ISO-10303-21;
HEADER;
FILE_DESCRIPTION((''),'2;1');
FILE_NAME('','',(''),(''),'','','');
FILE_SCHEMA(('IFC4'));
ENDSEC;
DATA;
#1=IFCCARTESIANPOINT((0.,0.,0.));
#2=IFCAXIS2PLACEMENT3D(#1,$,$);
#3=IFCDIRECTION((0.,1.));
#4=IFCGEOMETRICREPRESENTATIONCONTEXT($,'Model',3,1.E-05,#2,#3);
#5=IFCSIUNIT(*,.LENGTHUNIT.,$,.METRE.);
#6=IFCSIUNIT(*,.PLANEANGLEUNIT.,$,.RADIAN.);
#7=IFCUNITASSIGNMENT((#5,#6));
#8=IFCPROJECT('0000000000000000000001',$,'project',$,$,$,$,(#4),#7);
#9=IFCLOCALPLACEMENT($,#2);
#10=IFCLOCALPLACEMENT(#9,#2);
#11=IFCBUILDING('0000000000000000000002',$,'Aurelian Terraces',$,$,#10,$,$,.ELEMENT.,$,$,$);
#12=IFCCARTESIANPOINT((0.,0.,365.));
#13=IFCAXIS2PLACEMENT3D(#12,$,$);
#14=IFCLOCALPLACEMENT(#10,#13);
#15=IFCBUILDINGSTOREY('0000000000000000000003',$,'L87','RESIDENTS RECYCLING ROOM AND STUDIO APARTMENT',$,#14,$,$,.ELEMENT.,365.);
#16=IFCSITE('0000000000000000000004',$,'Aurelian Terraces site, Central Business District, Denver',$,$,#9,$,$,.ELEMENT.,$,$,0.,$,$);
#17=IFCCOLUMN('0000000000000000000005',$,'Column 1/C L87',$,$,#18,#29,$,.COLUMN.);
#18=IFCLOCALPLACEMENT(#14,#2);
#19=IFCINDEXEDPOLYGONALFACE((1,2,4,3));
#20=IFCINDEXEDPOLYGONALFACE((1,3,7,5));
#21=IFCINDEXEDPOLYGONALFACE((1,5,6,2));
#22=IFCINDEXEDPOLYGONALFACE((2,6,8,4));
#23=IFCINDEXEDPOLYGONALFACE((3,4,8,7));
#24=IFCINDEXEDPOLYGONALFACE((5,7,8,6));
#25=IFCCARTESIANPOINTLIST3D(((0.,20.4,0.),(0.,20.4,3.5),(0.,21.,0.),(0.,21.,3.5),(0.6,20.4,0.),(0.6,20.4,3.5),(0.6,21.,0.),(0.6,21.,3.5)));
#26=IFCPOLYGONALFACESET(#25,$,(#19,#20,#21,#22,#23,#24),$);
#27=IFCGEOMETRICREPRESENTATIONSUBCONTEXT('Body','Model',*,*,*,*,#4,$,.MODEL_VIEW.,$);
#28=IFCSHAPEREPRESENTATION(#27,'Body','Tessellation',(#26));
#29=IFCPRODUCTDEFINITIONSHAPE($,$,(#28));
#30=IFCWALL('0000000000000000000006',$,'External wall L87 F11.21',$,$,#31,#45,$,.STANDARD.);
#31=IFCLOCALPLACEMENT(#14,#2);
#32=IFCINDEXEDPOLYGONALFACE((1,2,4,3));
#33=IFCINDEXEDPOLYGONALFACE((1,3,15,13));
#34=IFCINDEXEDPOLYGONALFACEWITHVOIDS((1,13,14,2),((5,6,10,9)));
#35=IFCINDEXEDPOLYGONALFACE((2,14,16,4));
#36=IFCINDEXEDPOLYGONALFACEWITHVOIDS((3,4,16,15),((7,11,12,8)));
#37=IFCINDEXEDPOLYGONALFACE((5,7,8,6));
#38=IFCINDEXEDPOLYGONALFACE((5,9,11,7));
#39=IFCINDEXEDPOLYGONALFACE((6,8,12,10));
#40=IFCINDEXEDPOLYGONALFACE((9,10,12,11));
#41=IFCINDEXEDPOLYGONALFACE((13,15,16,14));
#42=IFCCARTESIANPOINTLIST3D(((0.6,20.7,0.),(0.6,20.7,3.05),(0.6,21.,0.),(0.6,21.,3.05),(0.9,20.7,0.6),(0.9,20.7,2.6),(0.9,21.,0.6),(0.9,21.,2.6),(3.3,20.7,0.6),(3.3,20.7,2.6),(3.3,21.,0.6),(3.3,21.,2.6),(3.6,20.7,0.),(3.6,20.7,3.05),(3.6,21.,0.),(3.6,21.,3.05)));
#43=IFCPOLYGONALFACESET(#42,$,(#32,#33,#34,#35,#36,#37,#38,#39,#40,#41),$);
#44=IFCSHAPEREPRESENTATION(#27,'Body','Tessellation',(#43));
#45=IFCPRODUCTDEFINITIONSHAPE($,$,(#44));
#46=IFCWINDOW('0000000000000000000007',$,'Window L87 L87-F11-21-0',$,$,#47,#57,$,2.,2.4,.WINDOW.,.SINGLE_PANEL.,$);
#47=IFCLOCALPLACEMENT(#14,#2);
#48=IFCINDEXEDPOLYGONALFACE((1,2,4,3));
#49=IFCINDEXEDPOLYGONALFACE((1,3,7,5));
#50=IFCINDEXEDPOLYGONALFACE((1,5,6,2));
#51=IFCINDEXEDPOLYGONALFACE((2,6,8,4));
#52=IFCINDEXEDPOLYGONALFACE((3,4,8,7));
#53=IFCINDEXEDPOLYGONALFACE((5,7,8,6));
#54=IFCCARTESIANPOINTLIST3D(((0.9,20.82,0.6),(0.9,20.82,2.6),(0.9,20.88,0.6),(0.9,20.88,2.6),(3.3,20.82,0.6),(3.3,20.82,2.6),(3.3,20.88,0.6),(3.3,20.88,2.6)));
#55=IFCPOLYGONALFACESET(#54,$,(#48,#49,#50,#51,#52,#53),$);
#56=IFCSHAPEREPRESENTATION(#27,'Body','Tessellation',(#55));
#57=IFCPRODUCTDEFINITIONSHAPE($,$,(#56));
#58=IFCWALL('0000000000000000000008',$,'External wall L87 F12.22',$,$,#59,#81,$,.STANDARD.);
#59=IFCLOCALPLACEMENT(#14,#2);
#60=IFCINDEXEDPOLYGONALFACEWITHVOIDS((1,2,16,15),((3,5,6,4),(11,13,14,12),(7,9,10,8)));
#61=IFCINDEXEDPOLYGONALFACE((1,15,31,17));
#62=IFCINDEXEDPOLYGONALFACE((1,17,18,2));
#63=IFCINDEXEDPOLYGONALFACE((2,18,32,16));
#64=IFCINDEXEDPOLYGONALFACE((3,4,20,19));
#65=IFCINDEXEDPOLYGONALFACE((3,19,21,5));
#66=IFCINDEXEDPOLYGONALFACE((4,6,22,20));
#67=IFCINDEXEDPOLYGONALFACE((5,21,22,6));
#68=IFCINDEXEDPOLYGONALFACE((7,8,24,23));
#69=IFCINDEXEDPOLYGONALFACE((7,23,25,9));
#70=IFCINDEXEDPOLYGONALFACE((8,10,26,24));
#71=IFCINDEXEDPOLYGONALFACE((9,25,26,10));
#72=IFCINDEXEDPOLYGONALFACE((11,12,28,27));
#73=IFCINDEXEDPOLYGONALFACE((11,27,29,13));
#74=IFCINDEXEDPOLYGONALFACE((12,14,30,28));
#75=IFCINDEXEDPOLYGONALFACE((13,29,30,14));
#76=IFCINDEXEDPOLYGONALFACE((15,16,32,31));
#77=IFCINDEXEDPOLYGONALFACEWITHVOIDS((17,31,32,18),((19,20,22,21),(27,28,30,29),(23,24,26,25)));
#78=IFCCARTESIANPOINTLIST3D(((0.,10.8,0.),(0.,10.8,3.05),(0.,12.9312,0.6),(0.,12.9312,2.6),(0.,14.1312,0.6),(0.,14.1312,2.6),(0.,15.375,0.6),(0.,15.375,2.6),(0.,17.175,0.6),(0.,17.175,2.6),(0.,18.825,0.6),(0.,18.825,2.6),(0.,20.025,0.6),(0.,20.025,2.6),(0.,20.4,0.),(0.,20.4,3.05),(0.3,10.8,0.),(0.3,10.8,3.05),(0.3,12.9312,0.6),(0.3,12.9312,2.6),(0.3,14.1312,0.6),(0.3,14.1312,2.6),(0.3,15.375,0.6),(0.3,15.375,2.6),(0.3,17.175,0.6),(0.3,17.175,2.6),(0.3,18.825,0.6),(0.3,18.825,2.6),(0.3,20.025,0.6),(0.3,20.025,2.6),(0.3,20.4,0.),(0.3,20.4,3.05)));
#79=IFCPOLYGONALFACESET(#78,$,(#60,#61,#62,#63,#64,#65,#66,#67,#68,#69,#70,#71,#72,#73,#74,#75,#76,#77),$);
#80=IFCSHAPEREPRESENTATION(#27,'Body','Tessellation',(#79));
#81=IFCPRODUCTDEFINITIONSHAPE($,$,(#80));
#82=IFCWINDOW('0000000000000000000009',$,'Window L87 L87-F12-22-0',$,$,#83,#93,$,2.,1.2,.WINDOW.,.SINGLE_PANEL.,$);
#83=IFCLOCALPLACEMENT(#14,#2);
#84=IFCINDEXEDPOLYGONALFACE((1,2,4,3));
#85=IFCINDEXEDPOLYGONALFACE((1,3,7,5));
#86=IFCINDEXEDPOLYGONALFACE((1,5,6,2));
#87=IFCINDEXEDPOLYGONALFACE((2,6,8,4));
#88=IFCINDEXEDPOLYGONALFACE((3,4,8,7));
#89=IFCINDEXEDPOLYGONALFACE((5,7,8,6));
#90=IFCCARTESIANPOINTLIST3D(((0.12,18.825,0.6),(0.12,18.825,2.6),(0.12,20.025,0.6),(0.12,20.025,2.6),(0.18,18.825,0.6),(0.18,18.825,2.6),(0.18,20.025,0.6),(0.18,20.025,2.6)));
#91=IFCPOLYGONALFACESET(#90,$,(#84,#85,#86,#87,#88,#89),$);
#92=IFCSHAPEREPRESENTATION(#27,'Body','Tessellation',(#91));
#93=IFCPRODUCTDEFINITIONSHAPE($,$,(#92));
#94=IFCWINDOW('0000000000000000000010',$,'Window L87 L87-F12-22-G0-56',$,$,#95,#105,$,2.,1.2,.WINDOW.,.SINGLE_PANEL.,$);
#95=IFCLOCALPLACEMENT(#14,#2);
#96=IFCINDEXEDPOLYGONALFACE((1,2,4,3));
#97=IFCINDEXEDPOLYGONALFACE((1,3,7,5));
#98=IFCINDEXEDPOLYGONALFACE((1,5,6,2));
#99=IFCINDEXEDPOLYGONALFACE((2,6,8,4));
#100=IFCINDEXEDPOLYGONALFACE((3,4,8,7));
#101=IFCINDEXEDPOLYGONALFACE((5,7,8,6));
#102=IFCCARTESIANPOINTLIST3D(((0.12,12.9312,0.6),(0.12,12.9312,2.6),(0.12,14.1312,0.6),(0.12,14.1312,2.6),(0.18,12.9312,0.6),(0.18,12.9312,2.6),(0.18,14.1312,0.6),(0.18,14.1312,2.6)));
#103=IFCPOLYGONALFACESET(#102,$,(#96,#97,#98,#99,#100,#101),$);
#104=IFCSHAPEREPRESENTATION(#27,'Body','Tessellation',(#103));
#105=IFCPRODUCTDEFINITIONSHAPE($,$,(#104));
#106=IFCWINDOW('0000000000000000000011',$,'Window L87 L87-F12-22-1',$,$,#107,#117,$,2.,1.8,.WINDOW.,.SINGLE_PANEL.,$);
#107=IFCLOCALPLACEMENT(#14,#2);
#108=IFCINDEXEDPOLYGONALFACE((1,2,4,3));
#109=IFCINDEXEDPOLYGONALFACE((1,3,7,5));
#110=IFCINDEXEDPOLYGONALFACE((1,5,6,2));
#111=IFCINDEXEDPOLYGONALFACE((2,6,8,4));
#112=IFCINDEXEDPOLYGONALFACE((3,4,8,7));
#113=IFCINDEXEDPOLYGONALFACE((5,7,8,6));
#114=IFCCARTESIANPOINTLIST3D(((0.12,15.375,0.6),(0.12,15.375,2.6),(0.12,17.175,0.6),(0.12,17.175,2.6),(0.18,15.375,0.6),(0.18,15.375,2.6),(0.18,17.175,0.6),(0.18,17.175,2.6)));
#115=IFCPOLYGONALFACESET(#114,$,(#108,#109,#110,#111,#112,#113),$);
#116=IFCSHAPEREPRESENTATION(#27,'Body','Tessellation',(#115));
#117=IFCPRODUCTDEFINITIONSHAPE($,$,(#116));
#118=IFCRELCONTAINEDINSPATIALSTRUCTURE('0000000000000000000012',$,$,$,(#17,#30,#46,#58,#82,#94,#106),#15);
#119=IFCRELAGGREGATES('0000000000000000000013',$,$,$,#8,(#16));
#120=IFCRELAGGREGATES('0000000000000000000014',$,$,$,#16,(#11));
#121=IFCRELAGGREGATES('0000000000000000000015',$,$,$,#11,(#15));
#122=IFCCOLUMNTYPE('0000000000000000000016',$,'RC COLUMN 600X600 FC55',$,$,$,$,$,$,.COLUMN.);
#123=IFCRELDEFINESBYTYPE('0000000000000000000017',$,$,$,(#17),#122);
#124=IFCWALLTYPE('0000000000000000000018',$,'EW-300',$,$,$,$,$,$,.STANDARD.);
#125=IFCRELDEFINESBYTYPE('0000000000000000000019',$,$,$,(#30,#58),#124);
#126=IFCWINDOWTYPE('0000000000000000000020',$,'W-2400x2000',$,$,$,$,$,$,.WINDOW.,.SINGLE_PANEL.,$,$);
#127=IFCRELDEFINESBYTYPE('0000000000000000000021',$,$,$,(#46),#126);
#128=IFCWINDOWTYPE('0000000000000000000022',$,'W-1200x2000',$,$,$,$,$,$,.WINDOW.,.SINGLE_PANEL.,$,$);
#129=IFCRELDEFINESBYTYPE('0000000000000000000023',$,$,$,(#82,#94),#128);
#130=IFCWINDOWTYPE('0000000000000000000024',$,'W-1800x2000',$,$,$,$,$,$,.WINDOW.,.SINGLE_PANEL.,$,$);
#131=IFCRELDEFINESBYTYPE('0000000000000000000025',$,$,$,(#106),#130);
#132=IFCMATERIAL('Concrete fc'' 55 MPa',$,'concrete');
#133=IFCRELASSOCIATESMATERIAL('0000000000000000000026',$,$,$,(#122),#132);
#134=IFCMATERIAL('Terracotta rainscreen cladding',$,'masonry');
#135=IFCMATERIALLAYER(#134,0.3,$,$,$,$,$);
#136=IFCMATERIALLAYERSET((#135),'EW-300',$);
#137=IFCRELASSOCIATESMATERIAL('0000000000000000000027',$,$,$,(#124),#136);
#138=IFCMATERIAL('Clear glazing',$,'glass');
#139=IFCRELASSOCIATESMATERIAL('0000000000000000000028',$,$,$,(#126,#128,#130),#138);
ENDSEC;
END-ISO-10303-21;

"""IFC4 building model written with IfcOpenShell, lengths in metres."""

from ifc_helpers import new_model, si_unit, direction, frame, frame_2d, origin, origin_2d, place, context, subcontext, project, spatial, rectangle, extrude, source, transform, mapped, material, layer, layer_set, material_profile, profile_set, type_object, element, fill, save


model = new_model("IFC4")

# Units and contexts
model_context = context("Model", 3, precision=1e-05, world=origin(), true_north=direction((0.0, 1.0)))
body_context = subcontext(model_context, "Body", "Model", "MODEL_VIEW")
ifc_project = project(units=[si_unit("LENGTHUNIT", "METRE"), si_unit("PLANEANGLEUNIT", "RADIAN")], contexts=[model_context])

# Site, building, storey
site_placement = place(None, origin())
site = spatial("IfcSite", under=ifc_project, at=site_placement, Name="Aurelian Terraces site, Central Business District, Denver", CompositionType="ELEMENT", RefElevation=0.0)
building_placement = place(site_placement, origin())
building = spatial("IfcBuilding", under=site, at=building_placement, Name="Aurelian Terraces", CompositionType="ELEMENT")
storey_placement = place(building_placement, frame((0.0, 0.0, 365.0)))
storey = spatial("IfcBuildingStorey", under=building, at=storey_placement, Name="L87", Description="RESIDENTS RECYCLING ROOM AND STUDIO APARTMENT", CompositionType="ELEMENT", Elevation=365.0)

# Column
ifc_material_1 = material(Name="Concrete fc' 55 MPa", Category="concrete")
ifc_material_profile = material_profile(ifc_material_1, rectangle(XDim=0.6, YDim=0.6, at=origin_2d()))
ifc_profile_set = profile_set([ifc_material_profile], Name="Concrete fc' 55 MPa")
column_type = type_object("IfcColumnType", Name="RC COLUMN 600X600 FC55", PredefinedType="COLUMN", material=ifc_profile_set)
shared_shape_1 = source(origin(), body_context, "Body", "SweptSolid", [
    extrude(rectangle(XDim=0.6, YDim=0.6, at=origin_2d()), origin(), (0.0, 0.0, 1.0), 3.5),
])
column_placement = place(storey_placement, frame((0.3, 20.7, 0.0), z_axis=(0.0, 0.0, 1.0), x_axis=(1.0, 0.0, 0.0)))
element("IfcColumn", 1, at=column_placement, inside=storey, type_object=column_type, Name="Column 1/C L87", PredefinedType="COLUMN", context=body_context, shape_type="MappedRepresentation", body=[
    mapped(shared_shape_1, transform((0.0, 0.0, 0.0), scale=1.0)),
])

# Wall, opening, window
ifc_material_2 = material(Name="Terracotta rainscreen cladding", Category="masonry")
ifc_layer_1 = layer(ifc_material_2, 0.3)
ifc_layer_set_1 = layer_set([ifc_layer_1], Name="EW-300")
wall_type_1 = type_object("IfcWallType", Name="EW-300", PredefinedType="STANDARD", material=ifc_layer_set_1)
wall_1_placement = place(storey_placement, frame((3.6, 20.85, 0.0), z_axis=(0.0, 0.0, 1.0), x_axis=(-1.0, 0.0, 0.0)))
wall_1 = element("IfcWall", 2, at=wall_1_placement, inside=storey, type_object=wall_type_1, Name="External wall L87 F11.21", PredefinedType="STANDARD", context=body_context, shape_type="SweptSolid", body=[
    extrude(rectangle(XDim=3.0, YDim=0.3, at=frame_2d((1.5, 0.0))), origin(), (0.0, 0.0, 1.0), 3.05),
])
shared_shape_2 = source(origin(), body_context, "Body", "SweptSolid", [
    extrude(rectangle(XDim=2.4, YDim=2.0, at=frame_2d((1.2, 1.0))), frame((0.0, 0.16, 0.0), z_axis=(0.0, -1.0, 0.0), x_axis=(1.0, 0.0, 0.0)), (0.0, 0.0, 1.0), 0.32),
])
opening_1_placement = place(wall_1_placement, frame((0.3, 0.0, 0.6)))
opening_1 = element("IfcOpeningElement", 3, at=opening_1_placement, cuts=wall_1, PredefinedType="OPENING", context=body_context, shape_type="MappedRepresentation", body=[
    mapped(shared_shape_2, transform((0.0, 0.0, 0.0), scale=1.0)),
])
ifc_material_3 = material(Name="Clear glazing", Category="glass")
window_type_1 = type_object("IfcWindowType", Name="W-2400x2000", PartitioningType="SINGLE_PANEL", PredefinedType="WINDOW", material=ifc_material_3)
shared_shape_3 = source(origin(), body_context, "Body", "SweptSolid", [
    extrude(rectangle(XDim=2.4, YDim=2.0, at=frame_2d((1.2, 1.0))), frame((0.0, 0.03, 0.0), z_axis=(0.0, -1.0, 0.0), x_axis=(1.0, 0.0, 0.0)), (0.0, 0.0, 1.0), 0.06),
])
window_1_placement = place(opening_1_placement, origin())
window_1 = element("IfcWindow", 4, at=window_1_placement, inside=storey, type_object=window_type_1, Name="Window L87 L87-F11-21-0", OverallHeight=2.0, OverallWidth=2.4, PartitioningType="SINGLE_PANEL", PredefinedType="WINDOW", context=body_context, shape_type="MappedRepresentation", body=[
    mapped(shared_shape_3, transform((0.0, 0.0, 0.0), scale=1.0)),
])
fill(opening_1, window_1)

# Wall, openings, windows
wall_2_placement = place(storey_placement, frame((0.15, 20.4, 0.0), z_axis=(0.0, 0.0, 1.0), x_axis=(0.0, -1.0, 0.0)))
wall_2 = element("IfcWall", 5, at=wall_2_placement, inside=storey, type_object=wall_type_1, Name="External wall L87 F12.22", PredefinedType="STANDARD", context=body_context, shape_type="SweptSolid", body=[
    extrude(rectangle(XDim=9.6, YDim=0.3, at=frame_2d((4.8, 0.0))), origin(), (0.0, 0.0, 1.0), 3.05),
])
shared_shape_4 = source(origin(), body_context, "Body", "SweptSolid", [
    extrude(rectangle(XDim=1.2, YDim=2.0, at=frame_2d((0.6, 1.0))), frame((0.0, 0.16, 0.0), z_axis=(0.0, -1.0, 0.0), x_axis=(1.0, 0.0, 0.0)), (0.0, 0.0, 1.0), 0.32),
])
opening_2_placement = place(wall_2_placement, frame((0.375, 0.0, 0.6)))
opening_2 = element("IfcOpeningElement", 6, at=opening_2_placement, cuts=wall_2, PredefinedType="OPENING", context=body_context, shape_type="MappedRepresentation", body=[
    mapped(shared_shape_4, transform((0.0, 0.0, 0.0), scale=1.0)),
])
shared_shape_5 = source(origin(), body_context, "Body", "SweptSolid", [
    extrude(rectangle(XDim=1.8, YDim=2.0, at=frame_2d((0.9, 1.0))), frame((0.0, 0.16, 0.0), z_axis=(0.0, -1.0, 0.0), x_axis=(1.0, 0.0, 0.0)), (0.0, 0.0, 1.0), 0.32),
])
opening_3_placement = place(wall_2_placement, frame((3.225, 0.0, 0.6)))
opening_3 = element("IfcOpeningElement", 7, at=opening_3_placement, cuts=wall_2, PredefinedType="OPENING", context=body_context, shape_type="MappedRepresentation", body=[
    mapped(shared_shape_5, transform((0.0, 0.0, 0.0), scale=1.0)),
])
opening_4_placement = place(wall_2_placement, frame((6.2688, 0.0, 0.6)))
opening_4 = element("IfcOpeningElement", 8, at=opening_4_placement, cuts=wall_2, PredefinedType="OPENING", context=body_context, shape_type="MappedRepresentation", body=[
    mapped(shared_shape_4, transform((0.0, 0.0, 0.0), scale=1.0)),
])
window_type_2 = type_object("IfcWindowType", Name="W-1200x2000", PartitioningType="SINGLE_PANEL", PredefinedType="WINDOW", material=ifc_material_3)
shared_shape_6 = source(origin(), body_context, "Body", "SweptSolid", [
    extrude(rectangle(XDim=1.2, YDim=2.0, at=frame_2d((0.6, 1.0))), frame((0.0, 0.03, 0.0), z_axis=(0.0, -1.0, 0.0), x_axis=(1.0, 0.0, 0.0)), (0.0, 0.0, 1.0), 0.06),
])
window_2_placement = place(opening_2_placement, origin())
window_2 = element("IfcWindow", 9, at=window_2_placement, inside=storey, type_object=window_type_2, Name="Window L87 L87-F12-22-0", OverallHeight=2.0, OverallWidth=1.2, PartitioningType="SINGLE_PANEL", PredefinedType="WINDOW", context=body_context, shape_type="MappedRepresentation", body=[
    mapped(shared_shape_6, transform((0.0, 0.0, 0.0), scale=1.0)),
])
fill(opening_2, window_2)
window_3_placement = place(opening_4_placement, origin())
window_3 = element("IfcWindow", 10, at=window_3_placement, inside=storey, type_object=window_type_2, Name="Window L87 L87-F12-22-G0-56", OverallHeight=2.0, OverallWidth=1.2, PartitioningType="SINGLE_PANEL", PredefinedType="WINDOW", context=body_context, shape_type="MappedRepresentation", body=[
    mapped(shared_shape_6, transform((0.0, 0.0, 0.0), scale=1.0)),
])
fill(opening_4, window_3)
window_type_3 = type_object("IfcWindowType", Name="W-1800x2000", PartitioningType="SINGLE_PANEL", PredefinedType="WINDOW", material=ifc_material_3)
shared_shape_7 = source(origin(), body_context, "Body", "SweptSolid", [
    extrude(rectangle(XDim=1.8, YDim=2.0, at=frame_2d((0.9, 1.0))), frame((0.0, 0.03, 0.0), z_axis=(0.0, -1.0, 0.0), x_axis=(1.0, 0.0, 0.0)), (0.0, 0.0, 1.0), 0.06),
])
window_4_placement = place(opening_3_placement, origin())
window_4 = element("IfcWindow", 11, at=window_4_placement, inside=storey, type_object=window_type_3, Name="Window L87 L87-F12-22-1", OverallHeight=2.0, OverallWidth=1.8, PartitioningType="SINGLE_PANEL", PredefinedType="WINDOW", context=body_context, shape_type="MappedRepresentation", body=[
    mapped(shared_shape_7, transform((0.0, 0.0, 0.0), scale=1.0)),
])
fill(opening_3, window_4)

save(model, "model.ifc")
